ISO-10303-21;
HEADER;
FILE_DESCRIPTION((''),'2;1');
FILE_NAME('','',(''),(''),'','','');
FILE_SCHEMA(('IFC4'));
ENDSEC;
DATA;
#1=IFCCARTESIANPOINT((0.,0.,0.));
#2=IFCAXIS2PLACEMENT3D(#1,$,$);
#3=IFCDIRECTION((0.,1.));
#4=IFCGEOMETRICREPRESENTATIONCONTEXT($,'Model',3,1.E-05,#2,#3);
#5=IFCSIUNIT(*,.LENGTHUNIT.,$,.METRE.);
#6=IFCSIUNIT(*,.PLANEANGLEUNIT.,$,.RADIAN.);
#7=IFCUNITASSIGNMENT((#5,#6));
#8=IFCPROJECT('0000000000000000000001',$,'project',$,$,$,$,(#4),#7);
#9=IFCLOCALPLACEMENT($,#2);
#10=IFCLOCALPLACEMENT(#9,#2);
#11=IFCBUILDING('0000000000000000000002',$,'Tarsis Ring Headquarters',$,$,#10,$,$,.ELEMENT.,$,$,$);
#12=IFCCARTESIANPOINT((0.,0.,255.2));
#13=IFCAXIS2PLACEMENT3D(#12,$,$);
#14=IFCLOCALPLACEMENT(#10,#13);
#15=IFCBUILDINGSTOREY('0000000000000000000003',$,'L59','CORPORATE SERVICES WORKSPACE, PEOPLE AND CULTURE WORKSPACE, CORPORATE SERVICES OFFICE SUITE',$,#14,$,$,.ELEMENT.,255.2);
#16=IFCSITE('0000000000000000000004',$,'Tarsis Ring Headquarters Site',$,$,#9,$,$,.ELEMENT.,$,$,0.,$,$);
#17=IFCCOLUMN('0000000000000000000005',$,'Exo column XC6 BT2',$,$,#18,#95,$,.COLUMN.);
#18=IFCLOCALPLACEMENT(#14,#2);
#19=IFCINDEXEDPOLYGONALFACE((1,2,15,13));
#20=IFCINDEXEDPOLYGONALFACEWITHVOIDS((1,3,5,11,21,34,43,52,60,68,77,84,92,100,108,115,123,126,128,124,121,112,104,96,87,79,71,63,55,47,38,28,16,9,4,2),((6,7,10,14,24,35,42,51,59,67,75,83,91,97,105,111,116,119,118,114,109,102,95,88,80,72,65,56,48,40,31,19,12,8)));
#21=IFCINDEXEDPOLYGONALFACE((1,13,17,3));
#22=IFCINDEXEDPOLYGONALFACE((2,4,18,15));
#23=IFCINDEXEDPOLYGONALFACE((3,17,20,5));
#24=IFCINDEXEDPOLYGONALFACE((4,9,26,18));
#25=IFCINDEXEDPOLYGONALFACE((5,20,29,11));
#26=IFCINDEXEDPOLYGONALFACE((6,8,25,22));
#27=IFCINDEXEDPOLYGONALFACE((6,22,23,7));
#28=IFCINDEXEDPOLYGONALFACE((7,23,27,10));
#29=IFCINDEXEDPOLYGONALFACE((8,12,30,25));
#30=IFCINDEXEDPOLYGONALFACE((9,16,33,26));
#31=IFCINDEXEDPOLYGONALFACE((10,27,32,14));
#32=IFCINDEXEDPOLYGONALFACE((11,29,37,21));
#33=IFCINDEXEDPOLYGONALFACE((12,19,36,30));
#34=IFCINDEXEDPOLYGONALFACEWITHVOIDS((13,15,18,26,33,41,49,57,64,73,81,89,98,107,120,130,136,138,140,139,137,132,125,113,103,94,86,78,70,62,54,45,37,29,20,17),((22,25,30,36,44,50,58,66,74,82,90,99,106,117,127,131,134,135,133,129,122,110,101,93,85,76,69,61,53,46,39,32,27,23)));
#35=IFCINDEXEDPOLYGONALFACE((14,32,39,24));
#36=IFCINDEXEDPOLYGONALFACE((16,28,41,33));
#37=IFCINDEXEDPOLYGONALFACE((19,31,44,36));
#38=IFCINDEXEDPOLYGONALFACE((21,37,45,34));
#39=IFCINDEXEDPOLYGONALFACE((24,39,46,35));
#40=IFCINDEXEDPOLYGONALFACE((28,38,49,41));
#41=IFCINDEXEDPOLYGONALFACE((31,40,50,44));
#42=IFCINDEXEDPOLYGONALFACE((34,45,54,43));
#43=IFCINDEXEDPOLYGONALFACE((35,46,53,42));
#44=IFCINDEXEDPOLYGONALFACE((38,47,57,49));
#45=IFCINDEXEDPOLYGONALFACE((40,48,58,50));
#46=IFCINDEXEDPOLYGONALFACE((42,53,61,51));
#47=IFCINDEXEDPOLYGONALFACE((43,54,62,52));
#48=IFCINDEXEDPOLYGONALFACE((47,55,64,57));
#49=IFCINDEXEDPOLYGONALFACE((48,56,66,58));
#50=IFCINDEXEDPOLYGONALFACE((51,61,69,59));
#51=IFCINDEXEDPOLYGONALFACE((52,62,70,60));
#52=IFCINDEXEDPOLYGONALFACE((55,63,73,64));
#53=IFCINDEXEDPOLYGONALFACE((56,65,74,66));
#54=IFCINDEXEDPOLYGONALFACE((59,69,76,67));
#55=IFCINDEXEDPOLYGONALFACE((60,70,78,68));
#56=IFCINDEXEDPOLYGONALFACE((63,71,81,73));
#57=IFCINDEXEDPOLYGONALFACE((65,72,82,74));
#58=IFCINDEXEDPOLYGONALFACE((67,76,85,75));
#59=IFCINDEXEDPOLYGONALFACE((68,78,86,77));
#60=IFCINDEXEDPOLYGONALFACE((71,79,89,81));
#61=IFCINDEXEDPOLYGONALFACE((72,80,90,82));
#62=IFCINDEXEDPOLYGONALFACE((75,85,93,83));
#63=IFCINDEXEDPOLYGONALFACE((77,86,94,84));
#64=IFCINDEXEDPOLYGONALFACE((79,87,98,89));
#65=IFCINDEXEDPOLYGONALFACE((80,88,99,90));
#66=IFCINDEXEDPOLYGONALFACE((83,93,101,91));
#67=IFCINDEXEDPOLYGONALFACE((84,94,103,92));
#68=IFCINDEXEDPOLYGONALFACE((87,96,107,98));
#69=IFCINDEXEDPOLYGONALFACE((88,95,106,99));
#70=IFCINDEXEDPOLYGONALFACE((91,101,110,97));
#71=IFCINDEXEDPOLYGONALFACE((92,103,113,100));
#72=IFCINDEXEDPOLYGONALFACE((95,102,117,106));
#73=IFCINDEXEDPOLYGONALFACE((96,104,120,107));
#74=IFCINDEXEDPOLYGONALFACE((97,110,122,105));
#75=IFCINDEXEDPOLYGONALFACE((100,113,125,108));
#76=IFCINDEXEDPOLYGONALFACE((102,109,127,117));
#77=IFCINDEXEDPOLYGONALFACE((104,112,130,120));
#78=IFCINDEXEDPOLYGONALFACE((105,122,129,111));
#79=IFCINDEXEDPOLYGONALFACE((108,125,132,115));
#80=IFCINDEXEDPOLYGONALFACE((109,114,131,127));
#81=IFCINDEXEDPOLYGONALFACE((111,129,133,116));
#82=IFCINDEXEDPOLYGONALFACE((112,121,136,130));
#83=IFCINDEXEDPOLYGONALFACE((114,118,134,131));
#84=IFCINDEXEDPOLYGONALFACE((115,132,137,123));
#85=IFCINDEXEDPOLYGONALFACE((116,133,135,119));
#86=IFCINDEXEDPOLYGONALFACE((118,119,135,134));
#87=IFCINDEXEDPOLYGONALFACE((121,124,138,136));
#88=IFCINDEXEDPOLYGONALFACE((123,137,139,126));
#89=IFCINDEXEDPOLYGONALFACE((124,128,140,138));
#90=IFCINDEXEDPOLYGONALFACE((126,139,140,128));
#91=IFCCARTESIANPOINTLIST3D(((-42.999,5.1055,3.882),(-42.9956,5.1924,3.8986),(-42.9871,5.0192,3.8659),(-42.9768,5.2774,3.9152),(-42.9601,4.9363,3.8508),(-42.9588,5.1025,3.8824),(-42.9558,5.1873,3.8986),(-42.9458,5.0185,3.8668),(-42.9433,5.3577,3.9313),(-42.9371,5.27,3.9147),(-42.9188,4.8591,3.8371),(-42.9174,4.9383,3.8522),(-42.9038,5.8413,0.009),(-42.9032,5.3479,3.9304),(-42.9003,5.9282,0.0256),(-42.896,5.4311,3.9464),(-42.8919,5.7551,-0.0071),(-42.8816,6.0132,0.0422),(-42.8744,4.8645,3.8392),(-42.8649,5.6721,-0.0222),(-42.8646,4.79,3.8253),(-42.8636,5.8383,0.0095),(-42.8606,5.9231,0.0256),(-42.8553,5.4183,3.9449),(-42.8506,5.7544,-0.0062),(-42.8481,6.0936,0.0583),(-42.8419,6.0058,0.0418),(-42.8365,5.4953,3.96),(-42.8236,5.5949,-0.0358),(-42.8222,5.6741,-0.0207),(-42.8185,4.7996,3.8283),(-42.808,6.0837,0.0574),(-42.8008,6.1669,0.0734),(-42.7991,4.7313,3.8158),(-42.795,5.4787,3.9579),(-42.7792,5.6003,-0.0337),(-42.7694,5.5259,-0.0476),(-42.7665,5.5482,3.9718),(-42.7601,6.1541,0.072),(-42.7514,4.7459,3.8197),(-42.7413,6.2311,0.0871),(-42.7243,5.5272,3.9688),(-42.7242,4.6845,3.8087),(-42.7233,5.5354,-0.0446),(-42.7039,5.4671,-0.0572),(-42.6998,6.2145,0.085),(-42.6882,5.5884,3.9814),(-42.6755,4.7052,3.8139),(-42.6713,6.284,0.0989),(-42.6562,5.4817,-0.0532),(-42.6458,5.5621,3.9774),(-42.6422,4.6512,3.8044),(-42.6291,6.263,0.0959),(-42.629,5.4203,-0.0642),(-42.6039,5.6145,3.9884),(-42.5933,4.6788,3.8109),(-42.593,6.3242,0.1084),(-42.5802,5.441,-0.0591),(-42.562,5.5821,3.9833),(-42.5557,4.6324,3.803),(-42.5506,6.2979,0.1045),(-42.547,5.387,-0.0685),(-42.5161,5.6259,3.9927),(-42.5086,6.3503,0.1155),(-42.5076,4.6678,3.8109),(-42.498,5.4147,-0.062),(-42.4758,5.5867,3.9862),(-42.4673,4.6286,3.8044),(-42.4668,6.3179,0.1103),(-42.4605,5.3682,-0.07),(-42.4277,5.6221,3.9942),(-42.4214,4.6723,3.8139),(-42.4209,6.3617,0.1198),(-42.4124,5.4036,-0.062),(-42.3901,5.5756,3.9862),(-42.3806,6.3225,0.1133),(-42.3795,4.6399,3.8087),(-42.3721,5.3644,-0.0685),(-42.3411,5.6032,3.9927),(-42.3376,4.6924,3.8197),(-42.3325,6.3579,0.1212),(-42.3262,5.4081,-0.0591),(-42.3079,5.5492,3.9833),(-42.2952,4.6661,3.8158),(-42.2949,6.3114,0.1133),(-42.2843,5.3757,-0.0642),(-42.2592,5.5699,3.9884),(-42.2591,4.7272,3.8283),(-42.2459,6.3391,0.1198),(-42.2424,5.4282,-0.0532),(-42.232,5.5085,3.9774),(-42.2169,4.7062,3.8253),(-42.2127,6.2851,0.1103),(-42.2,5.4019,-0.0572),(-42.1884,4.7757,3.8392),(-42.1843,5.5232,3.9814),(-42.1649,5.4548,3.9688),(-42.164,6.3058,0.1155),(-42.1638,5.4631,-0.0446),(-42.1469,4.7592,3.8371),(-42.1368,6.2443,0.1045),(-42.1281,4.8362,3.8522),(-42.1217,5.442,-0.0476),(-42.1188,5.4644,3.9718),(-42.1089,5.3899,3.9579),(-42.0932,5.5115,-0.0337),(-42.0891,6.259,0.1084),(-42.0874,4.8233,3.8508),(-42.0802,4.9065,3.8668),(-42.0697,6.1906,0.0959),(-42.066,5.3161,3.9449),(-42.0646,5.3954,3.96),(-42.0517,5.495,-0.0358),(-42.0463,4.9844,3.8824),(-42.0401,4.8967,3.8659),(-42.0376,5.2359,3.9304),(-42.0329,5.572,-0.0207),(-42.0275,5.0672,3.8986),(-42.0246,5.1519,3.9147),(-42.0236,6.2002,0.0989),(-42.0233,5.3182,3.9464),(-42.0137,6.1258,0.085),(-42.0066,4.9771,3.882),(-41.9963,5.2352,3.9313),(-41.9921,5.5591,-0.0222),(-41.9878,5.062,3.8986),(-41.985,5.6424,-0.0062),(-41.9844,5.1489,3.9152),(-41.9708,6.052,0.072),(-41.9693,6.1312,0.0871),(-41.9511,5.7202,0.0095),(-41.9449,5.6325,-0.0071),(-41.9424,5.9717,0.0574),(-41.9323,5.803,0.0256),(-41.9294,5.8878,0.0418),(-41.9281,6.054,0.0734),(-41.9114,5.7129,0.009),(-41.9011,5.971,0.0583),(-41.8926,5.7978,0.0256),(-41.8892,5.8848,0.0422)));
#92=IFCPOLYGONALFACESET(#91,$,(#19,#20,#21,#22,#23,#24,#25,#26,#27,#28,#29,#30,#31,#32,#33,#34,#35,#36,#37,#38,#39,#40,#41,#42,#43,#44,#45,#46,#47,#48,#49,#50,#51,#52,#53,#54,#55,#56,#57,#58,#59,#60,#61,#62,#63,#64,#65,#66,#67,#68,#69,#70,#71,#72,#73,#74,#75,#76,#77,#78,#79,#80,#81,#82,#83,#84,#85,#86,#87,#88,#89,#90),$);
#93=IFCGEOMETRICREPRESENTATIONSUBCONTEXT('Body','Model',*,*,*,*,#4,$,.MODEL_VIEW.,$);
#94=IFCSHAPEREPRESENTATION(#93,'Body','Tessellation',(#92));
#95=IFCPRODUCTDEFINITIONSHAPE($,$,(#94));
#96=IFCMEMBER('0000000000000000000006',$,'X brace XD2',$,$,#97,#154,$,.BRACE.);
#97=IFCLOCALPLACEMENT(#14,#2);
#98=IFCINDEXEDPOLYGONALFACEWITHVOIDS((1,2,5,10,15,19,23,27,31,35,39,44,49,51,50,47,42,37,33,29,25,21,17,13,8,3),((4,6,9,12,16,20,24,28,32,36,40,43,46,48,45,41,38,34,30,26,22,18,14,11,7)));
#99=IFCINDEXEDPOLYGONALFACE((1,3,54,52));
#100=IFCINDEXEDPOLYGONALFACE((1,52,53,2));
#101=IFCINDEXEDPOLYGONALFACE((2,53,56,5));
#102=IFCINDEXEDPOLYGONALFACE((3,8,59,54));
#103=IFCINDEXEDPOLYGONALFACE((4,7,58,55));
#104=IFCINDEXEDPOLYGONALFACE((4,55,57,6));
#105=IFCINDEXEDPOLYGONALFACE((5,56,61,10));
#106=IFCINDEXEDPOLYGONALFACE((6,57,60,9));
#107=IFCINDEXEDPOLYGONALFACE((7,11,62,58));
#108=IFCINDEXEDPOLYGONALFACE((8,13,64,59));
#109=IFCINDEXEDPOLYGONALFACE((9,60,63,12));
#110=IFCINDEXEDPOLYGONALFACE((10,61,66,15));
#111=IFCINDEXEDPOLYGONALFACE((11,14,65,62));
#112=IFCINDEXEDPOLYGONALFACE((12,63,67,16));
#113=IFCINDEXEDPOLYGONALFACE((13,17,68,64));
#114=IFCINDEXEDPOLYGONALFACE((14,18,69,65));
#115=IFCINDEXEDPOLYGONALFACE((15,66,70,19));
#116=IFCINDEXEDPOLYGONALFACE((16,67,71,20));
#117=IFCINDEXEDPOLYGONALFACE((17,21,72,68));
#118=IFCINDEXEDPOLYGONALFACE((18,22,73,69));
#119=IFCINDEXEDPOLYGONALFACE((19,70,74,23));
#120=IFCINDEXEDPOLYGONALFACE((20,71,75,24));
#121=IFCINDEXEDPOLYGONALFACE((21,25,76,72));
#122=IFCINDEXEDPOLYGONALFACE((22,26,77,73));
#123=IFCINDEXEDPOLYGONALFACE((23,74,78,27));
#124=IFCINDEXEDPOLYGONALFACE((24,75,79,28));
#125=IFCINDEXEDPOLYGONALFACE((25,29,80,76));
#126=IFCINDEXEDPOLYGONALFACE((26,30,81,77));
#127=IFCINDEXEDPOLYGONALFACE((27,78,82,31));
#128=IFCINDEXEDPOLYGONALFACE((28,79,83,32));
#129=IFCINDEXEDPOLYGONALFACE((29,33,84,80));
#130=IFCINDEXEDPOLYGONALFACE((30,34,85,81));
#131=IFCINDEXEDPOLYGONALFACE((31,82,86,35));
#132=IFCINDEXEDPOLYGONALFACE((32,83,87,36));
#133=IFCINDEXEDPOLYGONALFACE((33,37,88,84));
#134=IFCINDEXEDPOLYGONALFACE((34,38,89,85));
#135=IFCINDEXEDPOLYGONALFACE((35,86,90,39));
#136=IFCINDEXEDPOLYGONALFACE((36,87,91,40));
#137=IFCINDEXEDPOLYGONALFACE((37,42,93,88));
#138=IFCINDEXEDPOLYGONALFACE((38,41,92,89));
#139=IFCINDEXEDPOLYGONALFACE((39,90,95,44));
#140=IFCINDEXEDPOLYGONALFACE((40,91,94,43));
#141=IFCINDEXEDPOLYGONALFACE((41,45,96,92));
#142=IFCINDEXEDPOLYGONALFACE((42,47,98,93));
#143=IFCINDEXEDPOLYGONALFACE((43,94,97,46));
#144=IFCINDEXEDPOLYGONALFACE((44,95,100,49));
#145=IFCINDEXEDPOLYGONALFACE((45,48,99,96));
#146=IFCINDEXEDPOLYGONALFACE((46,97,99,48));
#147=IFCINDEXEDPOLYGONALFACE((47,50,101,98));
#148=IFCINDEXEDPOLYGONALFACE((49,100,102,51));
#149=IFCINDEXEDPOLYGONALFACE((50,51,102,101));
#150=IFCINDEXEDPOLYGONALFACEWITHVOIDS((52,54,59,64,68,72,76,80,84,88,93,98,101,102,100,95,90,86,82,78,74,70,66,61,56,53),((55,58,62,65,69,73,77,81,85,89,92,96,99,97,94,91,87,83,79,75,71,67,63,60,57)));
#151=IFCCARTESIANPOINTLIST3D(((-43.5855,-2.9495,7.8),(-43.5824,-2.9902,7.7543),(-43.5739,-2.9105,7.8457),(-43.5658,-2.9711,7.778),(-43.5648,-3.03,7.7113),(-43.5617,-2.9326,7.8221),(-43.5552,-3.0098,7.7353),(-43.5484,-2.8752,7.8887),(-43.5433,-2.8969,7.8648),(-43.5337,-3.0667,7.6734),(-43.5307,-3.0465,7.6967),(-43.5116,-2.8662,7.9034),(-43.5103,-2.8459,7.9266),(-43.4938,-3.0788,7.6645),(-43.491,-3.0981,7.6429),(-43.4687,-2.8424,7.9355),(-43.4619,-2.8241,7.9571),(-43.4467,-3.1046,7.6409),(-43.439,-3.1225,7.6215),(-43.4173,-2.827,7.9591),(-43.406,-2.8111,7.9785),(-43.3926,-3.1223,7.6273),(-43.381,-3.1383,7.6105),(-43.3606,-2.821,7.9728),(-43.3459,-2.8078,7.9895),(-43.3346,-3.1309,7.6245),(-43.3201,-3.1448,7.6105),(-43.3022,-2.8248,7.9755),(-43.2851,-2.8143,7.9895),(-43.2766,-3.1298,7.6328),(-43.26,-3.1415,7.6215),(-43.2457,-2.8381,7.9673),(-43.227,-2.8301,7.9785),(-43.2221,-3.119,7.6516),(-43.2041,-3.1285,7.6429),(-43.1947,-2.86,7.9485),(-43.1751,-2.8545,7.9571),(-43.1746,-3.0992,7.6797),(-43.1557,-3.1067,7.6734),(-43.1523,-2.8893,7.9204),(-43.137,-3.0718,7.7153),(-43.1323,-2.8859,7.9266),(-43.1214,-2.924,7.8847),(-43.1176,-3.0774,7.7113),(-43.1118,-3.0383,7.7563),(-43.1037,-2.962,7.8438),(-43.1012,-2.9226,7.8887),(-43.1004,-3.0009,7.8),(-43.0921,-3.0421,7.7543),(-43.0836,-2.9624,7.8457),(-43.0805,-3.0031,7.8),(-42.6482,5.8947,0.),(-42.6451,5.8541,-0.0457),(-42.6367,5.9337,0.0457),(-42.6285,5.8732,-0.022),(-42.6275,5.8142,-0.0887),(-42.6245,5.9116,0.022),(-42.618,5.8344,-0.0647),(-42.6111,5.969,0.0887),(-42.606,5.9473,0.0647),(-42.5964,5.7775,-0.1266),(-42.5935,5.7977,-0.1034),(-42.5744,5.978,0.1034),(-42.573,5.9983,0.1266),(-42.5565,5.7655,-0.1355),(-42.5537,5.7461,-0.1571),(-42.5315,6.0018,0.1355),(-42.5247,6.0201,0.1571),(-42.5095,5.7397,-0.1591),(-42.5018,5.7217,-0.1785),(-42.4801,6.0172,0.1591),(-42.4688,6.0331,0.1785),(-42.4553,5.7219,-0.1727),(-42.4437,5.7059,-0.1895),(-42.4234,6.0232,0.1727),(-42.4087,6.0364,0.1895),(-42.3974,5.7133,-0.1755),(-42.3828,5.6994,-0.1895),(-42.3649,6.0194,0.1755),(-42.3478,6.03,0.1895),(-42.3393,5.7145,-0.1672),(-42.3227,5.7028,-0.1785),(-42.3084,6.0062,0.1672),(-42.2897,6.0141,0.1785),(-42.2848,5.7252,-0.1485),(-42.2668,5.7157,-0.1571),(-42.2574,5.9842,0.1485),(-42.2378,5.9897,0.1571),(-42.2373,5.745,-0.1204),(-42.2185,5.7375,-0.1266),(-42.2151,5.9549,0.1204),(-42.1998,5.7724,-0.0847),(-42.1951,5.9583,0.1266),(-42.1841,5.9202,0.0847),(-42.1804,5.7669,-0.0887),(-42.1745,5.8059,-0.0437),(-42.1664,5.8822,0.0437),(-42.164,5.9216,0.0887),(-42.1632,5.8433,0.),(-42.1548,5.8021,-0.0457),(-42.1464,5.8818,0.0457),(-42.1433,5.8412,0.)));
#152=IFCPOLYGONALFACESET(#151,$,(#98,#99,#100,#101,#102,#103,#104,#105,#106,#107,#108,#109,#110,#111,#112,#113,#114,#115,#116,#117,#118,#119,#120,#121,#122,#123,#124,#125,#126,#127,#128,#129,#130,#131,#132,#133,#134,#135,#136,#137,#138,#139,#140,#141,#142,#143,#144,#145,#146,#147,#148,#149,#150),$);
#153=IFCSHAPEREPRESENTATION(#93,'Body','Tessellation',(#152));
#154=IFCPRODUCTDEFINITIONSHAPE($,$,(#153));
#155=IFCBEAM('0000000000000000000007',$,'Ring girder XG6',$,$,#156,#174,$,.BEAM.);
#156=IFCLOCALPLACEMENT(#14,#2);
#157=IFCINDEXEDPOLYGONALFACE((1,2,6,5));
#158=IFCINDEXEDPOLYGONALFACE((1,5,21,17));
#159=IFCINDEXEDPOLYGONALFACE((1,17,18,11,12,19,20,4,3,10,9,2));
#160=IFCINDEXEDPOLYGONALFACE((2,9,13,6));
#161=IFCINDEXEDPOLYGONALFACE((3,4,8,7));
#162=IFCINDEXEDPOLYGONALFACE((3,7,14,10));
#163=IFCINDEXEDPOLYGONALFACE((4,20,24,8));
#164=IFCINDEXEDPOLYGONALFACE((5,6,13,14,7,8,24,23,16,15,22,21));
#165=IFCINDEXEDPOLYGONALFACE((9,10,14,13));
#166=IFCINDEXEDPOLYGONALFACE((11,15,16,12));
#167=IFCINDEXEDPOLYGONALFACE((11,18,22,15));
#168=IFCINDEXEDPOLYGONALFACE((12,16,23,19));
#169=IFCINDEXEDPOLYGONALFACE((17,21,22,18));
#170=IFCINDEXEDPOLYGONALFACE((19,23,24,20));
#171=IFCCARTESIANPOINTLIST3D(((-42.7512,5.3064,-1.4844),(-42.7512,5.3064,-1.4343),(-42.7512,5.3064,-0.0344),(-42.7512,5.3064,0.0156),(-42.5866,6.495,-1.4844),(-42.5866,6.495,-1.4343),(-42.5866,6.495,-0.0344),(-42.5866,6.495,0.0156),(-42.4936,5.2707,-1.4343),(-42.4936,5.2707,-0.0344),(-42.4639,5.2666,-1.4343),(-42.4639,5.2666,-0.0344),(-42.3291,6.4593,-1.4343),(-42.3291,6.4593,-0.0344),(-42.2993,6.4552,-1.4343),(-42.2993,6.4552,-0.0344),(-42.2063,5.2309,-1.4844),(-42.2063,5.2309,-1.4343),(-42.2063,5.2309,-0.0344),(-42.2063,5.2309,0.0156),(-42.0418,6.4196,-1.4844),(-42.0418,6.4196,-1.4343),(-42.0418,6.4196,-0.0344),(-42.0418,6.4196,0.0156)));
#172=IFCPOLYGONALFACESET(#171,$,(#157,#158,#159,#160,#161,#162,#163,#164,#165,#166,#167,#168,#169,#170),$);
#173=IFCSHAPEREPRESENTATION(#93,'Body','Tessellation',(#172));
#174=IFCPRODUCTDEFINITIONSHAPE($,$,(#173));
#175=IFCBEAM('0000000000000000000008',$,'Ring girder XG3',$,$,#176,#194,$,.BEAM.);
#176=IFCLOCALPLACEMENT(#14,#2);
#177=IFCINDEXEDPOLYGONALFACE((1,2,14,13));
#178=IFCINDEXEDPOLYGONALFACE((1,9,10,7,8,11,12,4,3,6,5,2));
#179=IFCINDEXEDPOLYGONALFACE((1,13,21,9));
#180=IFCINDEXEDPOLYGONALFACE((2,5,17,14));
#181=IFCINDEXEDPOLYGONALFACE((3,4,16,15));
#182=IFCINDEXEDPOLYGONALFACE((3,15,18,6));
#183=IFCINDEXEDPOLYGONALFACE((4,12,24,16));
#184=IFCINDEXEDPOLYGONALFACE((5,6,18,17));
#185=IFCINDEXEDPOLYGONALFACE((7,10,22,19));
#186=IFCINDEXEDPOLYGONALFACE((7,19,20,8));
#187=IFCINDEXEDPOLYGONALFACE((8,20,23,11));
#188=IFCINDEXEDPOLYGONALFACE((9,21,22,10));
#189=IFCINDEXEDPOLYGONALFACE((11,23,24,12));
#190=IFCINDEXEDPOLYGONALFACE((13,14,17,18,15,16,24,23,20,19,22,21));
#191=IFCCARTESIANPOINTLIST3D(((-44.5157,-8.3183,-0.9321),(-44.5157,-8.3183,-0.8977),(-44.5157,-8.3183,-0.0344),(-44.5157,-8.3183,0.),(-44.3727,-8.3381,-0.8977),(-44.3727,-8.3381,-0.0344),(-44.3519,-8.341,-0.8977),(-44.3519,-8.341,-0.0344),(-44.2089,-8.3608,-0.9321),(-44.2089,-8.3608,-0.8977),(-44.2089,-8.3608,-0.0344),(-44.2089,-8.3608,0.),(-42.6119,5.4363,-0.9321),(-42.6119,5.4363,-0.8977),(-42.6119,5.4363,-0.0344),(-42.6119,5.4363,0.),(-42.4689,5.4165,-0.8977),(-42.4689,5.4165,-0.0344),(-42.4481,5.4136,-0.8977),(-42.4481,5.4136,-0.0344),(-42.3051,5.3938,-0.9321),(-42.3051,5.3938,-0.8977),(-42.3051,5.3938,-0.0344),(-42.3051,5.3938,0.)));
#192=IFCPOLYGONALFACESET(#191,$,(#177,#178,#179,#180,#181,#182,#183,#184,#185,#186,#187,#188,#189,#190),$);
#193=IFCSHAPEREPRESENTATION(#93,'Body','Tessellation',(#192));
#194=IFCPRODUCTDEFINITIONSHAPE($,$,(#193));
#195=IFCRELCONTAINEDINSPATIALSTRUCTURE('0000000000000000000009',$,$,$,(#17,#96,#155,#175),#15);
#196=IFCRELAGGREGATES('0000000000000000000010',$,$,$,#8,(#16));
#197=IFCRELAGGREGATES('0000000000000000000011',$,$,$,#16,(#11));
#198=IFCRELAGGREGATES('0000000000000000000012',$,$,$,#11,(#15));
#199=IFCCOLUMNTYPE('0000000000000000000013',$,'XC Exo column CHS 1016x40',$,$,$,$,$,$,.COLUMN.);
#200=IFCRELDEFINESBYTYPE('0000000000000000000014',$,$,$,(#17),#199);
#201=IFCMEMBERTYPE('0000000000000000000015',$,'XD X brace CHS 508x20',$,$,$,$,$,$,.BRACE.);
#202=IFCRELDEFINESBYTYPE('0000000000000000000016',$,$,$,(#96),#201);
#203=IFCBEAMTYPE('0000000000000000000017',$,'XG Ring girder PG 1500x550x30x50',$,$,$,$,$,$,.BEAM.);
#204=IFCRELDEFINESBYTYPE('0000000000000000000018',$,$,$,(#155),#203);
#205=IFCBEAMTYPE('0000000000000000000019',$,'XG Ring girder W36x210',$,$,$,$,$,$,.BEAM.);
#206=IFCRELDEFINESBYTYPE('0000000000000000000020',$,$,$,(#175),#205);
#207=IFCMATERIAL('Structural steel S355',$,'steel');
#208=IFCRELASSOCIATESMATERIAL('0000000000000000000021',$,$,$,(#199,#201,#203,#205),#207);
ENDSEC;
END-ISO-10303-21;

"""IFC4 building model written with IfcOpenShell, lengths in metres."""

from ifc_helpers import new_model, si_unit, direction, frame, origin, origin_2d, place, context, subcontext, project, spatial, hollow_circle, i_section, extrude, material, material_profile, profile_set, type_object, element, save


model = new_model("IFC4")

# Units and contexts
model_context = context("Model", 3, precision=1e-05, world=origin(), true_north=direction((0.0, 1.0)))
body_context = subcontext(model_context, "Body", "Model", "MODEL_VIEW")
ifc_project = project(units=[si_unit("LENGTHUNIT", "METRE"), si_unit("PLANEANGLEUNIT", "RADIAN")], contexts=[model_context])

# Site, building, storey
site_placement = place(None, origin())
site = spatial("IfcSite", under=ifc_project, at=site_placement, Name="Tarsis Ring Headquarters Site", CompositionType="ELEMENT", RefElevation=0.0)
building_placement = place(site_placement, origin())
building = spatial("IfcBuilding", under=site, at=building_placement, Name="Tarsis Ring Headquarters", CompositionType="ELEMENT")
storey_placement = place(building_placement, frame((0.0, 0.0, 255.2)))
storey = spatial("IfcBuildingStorey", under=building, at=storey_placement, Name="L59", Description="CORPORATE SERVICES WORKSPACE, PEOPLE AND CULTURE WORKSPACE, CORPORATE SERVICES OFFICE SUITE", CompositionType="ELEMENT", Elevation=255.2)

# Column
ifc_material_1 = material(Name="Structural steel S355", Category="steel")
ifc_material_profile_1 = material_profile(ifc_material_1, hollow_circle(Radius=0.5081, WallThickness=0.04, at=origin_2d()), Name="CHS 1016x40")
ifc_profile_set_1 = profile_set([ifc_material_profile_1], Name="Structural steel S355")
column_type = type_object("IfcColumnType", Name="XC Exo column CHS 1016x40", PredefinedType="COLUMN", material=ifc_profile_set_1)
column_placement = place(storey_placement, frame((-42.3965, 5.863, 0.0256), z_axis=(-0.024145, -0.186597, 0.98214), x_axis=(0.991732, -0.128326, 0.0)))
element("IfcColumn", 1, at=column_placement, inside=storey, type_object=column_type, Name="Exo column XC6 BT2", PredefinedType="COLUMN", context=body_context, shape_type="SweptSolid", body=[
    extrude(hollow_circle(Radius=0.5081, WallThickness=0.04, at=origin_2d()), origin(), (0.0, 0.0, 1.0), 3.9434),
])

# Member
ifc_material_profile_2 = material_profile(ifc_material_1, hollow_circle(Radius=0.2539, WallThickness=0.02, at=origin_2d()), Name="CHS 508x20")
ifc_profile_set_2 = profile_set([ifc_material_profile_2], Name="Structural steel S355")
member_type = type_object("IfcMemberType", Name="XD X brace CHS 508x20", PredefinedType="BRACE", material=ifc_profile_set_2)
member_placement = place(storey_placement, frame((-42.3958, 5.8679, 0.0), z_axis=(-0.07923, -0.747635, 0.659366), x_axis=(0.994432, -0.105384, 0.0)))
element("IfcMember", 2, at=member_placement, inside=storey, type_object=member_type, Name="X brace XD2", PredefinedType="BRACE", context=body_context, shape_type="SweptSolid", body=[
    extrude(hollow_circle(Radius=0.2539, WallThickness=0.02, at=origin_2d()), origin(), (0.0, 0.0, 1.0), 11.8296),
])

# Beams
ifc_material_profile_3 = material_profile(ifc_material_1, i_section(OverallWidth=0.55, OverallDepth=1.5, WebThickness=0.03, FlangeThickness=0.05, at=origin_2d()), Name="PG 1500x550x30x50")
ifc_profile_set_3 = profile_set([ifc_material_profile_3], Name="Structural steel S355")
beam_type_1 = type_object("IfcBeamType", Name="XG Ring girder PG 1500x550x30x50", PredefinedType="BEAM", material=ifc_profile_set_3)
beam_1_placement = place(storey_placement, frame((-42.3142, 6.4573, -0.7344), z_axis=(-0.137119, -0.990555, 0.0), x_axis=(0.990555, -0.137119, 0.0)))
element("IfcBeam", 3, at=beam_1_placement, inside=storey, type_object=beam_type_1, Name="Ring girder XG6", PredefinedType="BEAM", context=body_context, shape_type="SweptSolid", body=[
    extrude(i_section(OverallWidth=0.55, OverallDepth=1.5, WebThickness=0.03, FlangeThickness=0.05, at=origin_2d()), origin(), (0.0, 0.0, 1.0), 1.2),
])
ifc_material_profile_4 = material_profile(ifc_material_1, i_section(OverallWidth=0.3098, OverallDepth=0.9321, WebThickness=0.021, FlangeThickness=0.0344, at=origin_2d()), Name="W36x210")
ifc_profile_set_4 = profile_set([ifc_material_profile_4], Name="Structural steel S355")
beam_type_2 = type_object("IfcBeamType", Name="XG Ring girder W36x210", PredefinedType="BEAM", material=ifc_profile_set_4)
beam_2_placement = place(storey_placement, frame((-42.4585, 5.415, -0.4661), z_axis=(-0.137105, -0.990557, 0.0), x_axis=(0.990557, -0.137105, 0.0)))
element("IfcBeam", 4, at=beam_2_placement, inside=storey, type_object=beam_type_2, Name="Ring girder XG3", PredefinedType="BEAM", context=body_context, shape_type="SweptSolid", body=[
    extrude(i_section(OverallWidth=0.3098, OverallDepth=0.9321, WebThickness=0.021, FlangeThickness=0.0344, at=origin_2d()), origin(), (0.0, 0.0, 1.0), 13.8857),
])

save(model, "model.ifc")
